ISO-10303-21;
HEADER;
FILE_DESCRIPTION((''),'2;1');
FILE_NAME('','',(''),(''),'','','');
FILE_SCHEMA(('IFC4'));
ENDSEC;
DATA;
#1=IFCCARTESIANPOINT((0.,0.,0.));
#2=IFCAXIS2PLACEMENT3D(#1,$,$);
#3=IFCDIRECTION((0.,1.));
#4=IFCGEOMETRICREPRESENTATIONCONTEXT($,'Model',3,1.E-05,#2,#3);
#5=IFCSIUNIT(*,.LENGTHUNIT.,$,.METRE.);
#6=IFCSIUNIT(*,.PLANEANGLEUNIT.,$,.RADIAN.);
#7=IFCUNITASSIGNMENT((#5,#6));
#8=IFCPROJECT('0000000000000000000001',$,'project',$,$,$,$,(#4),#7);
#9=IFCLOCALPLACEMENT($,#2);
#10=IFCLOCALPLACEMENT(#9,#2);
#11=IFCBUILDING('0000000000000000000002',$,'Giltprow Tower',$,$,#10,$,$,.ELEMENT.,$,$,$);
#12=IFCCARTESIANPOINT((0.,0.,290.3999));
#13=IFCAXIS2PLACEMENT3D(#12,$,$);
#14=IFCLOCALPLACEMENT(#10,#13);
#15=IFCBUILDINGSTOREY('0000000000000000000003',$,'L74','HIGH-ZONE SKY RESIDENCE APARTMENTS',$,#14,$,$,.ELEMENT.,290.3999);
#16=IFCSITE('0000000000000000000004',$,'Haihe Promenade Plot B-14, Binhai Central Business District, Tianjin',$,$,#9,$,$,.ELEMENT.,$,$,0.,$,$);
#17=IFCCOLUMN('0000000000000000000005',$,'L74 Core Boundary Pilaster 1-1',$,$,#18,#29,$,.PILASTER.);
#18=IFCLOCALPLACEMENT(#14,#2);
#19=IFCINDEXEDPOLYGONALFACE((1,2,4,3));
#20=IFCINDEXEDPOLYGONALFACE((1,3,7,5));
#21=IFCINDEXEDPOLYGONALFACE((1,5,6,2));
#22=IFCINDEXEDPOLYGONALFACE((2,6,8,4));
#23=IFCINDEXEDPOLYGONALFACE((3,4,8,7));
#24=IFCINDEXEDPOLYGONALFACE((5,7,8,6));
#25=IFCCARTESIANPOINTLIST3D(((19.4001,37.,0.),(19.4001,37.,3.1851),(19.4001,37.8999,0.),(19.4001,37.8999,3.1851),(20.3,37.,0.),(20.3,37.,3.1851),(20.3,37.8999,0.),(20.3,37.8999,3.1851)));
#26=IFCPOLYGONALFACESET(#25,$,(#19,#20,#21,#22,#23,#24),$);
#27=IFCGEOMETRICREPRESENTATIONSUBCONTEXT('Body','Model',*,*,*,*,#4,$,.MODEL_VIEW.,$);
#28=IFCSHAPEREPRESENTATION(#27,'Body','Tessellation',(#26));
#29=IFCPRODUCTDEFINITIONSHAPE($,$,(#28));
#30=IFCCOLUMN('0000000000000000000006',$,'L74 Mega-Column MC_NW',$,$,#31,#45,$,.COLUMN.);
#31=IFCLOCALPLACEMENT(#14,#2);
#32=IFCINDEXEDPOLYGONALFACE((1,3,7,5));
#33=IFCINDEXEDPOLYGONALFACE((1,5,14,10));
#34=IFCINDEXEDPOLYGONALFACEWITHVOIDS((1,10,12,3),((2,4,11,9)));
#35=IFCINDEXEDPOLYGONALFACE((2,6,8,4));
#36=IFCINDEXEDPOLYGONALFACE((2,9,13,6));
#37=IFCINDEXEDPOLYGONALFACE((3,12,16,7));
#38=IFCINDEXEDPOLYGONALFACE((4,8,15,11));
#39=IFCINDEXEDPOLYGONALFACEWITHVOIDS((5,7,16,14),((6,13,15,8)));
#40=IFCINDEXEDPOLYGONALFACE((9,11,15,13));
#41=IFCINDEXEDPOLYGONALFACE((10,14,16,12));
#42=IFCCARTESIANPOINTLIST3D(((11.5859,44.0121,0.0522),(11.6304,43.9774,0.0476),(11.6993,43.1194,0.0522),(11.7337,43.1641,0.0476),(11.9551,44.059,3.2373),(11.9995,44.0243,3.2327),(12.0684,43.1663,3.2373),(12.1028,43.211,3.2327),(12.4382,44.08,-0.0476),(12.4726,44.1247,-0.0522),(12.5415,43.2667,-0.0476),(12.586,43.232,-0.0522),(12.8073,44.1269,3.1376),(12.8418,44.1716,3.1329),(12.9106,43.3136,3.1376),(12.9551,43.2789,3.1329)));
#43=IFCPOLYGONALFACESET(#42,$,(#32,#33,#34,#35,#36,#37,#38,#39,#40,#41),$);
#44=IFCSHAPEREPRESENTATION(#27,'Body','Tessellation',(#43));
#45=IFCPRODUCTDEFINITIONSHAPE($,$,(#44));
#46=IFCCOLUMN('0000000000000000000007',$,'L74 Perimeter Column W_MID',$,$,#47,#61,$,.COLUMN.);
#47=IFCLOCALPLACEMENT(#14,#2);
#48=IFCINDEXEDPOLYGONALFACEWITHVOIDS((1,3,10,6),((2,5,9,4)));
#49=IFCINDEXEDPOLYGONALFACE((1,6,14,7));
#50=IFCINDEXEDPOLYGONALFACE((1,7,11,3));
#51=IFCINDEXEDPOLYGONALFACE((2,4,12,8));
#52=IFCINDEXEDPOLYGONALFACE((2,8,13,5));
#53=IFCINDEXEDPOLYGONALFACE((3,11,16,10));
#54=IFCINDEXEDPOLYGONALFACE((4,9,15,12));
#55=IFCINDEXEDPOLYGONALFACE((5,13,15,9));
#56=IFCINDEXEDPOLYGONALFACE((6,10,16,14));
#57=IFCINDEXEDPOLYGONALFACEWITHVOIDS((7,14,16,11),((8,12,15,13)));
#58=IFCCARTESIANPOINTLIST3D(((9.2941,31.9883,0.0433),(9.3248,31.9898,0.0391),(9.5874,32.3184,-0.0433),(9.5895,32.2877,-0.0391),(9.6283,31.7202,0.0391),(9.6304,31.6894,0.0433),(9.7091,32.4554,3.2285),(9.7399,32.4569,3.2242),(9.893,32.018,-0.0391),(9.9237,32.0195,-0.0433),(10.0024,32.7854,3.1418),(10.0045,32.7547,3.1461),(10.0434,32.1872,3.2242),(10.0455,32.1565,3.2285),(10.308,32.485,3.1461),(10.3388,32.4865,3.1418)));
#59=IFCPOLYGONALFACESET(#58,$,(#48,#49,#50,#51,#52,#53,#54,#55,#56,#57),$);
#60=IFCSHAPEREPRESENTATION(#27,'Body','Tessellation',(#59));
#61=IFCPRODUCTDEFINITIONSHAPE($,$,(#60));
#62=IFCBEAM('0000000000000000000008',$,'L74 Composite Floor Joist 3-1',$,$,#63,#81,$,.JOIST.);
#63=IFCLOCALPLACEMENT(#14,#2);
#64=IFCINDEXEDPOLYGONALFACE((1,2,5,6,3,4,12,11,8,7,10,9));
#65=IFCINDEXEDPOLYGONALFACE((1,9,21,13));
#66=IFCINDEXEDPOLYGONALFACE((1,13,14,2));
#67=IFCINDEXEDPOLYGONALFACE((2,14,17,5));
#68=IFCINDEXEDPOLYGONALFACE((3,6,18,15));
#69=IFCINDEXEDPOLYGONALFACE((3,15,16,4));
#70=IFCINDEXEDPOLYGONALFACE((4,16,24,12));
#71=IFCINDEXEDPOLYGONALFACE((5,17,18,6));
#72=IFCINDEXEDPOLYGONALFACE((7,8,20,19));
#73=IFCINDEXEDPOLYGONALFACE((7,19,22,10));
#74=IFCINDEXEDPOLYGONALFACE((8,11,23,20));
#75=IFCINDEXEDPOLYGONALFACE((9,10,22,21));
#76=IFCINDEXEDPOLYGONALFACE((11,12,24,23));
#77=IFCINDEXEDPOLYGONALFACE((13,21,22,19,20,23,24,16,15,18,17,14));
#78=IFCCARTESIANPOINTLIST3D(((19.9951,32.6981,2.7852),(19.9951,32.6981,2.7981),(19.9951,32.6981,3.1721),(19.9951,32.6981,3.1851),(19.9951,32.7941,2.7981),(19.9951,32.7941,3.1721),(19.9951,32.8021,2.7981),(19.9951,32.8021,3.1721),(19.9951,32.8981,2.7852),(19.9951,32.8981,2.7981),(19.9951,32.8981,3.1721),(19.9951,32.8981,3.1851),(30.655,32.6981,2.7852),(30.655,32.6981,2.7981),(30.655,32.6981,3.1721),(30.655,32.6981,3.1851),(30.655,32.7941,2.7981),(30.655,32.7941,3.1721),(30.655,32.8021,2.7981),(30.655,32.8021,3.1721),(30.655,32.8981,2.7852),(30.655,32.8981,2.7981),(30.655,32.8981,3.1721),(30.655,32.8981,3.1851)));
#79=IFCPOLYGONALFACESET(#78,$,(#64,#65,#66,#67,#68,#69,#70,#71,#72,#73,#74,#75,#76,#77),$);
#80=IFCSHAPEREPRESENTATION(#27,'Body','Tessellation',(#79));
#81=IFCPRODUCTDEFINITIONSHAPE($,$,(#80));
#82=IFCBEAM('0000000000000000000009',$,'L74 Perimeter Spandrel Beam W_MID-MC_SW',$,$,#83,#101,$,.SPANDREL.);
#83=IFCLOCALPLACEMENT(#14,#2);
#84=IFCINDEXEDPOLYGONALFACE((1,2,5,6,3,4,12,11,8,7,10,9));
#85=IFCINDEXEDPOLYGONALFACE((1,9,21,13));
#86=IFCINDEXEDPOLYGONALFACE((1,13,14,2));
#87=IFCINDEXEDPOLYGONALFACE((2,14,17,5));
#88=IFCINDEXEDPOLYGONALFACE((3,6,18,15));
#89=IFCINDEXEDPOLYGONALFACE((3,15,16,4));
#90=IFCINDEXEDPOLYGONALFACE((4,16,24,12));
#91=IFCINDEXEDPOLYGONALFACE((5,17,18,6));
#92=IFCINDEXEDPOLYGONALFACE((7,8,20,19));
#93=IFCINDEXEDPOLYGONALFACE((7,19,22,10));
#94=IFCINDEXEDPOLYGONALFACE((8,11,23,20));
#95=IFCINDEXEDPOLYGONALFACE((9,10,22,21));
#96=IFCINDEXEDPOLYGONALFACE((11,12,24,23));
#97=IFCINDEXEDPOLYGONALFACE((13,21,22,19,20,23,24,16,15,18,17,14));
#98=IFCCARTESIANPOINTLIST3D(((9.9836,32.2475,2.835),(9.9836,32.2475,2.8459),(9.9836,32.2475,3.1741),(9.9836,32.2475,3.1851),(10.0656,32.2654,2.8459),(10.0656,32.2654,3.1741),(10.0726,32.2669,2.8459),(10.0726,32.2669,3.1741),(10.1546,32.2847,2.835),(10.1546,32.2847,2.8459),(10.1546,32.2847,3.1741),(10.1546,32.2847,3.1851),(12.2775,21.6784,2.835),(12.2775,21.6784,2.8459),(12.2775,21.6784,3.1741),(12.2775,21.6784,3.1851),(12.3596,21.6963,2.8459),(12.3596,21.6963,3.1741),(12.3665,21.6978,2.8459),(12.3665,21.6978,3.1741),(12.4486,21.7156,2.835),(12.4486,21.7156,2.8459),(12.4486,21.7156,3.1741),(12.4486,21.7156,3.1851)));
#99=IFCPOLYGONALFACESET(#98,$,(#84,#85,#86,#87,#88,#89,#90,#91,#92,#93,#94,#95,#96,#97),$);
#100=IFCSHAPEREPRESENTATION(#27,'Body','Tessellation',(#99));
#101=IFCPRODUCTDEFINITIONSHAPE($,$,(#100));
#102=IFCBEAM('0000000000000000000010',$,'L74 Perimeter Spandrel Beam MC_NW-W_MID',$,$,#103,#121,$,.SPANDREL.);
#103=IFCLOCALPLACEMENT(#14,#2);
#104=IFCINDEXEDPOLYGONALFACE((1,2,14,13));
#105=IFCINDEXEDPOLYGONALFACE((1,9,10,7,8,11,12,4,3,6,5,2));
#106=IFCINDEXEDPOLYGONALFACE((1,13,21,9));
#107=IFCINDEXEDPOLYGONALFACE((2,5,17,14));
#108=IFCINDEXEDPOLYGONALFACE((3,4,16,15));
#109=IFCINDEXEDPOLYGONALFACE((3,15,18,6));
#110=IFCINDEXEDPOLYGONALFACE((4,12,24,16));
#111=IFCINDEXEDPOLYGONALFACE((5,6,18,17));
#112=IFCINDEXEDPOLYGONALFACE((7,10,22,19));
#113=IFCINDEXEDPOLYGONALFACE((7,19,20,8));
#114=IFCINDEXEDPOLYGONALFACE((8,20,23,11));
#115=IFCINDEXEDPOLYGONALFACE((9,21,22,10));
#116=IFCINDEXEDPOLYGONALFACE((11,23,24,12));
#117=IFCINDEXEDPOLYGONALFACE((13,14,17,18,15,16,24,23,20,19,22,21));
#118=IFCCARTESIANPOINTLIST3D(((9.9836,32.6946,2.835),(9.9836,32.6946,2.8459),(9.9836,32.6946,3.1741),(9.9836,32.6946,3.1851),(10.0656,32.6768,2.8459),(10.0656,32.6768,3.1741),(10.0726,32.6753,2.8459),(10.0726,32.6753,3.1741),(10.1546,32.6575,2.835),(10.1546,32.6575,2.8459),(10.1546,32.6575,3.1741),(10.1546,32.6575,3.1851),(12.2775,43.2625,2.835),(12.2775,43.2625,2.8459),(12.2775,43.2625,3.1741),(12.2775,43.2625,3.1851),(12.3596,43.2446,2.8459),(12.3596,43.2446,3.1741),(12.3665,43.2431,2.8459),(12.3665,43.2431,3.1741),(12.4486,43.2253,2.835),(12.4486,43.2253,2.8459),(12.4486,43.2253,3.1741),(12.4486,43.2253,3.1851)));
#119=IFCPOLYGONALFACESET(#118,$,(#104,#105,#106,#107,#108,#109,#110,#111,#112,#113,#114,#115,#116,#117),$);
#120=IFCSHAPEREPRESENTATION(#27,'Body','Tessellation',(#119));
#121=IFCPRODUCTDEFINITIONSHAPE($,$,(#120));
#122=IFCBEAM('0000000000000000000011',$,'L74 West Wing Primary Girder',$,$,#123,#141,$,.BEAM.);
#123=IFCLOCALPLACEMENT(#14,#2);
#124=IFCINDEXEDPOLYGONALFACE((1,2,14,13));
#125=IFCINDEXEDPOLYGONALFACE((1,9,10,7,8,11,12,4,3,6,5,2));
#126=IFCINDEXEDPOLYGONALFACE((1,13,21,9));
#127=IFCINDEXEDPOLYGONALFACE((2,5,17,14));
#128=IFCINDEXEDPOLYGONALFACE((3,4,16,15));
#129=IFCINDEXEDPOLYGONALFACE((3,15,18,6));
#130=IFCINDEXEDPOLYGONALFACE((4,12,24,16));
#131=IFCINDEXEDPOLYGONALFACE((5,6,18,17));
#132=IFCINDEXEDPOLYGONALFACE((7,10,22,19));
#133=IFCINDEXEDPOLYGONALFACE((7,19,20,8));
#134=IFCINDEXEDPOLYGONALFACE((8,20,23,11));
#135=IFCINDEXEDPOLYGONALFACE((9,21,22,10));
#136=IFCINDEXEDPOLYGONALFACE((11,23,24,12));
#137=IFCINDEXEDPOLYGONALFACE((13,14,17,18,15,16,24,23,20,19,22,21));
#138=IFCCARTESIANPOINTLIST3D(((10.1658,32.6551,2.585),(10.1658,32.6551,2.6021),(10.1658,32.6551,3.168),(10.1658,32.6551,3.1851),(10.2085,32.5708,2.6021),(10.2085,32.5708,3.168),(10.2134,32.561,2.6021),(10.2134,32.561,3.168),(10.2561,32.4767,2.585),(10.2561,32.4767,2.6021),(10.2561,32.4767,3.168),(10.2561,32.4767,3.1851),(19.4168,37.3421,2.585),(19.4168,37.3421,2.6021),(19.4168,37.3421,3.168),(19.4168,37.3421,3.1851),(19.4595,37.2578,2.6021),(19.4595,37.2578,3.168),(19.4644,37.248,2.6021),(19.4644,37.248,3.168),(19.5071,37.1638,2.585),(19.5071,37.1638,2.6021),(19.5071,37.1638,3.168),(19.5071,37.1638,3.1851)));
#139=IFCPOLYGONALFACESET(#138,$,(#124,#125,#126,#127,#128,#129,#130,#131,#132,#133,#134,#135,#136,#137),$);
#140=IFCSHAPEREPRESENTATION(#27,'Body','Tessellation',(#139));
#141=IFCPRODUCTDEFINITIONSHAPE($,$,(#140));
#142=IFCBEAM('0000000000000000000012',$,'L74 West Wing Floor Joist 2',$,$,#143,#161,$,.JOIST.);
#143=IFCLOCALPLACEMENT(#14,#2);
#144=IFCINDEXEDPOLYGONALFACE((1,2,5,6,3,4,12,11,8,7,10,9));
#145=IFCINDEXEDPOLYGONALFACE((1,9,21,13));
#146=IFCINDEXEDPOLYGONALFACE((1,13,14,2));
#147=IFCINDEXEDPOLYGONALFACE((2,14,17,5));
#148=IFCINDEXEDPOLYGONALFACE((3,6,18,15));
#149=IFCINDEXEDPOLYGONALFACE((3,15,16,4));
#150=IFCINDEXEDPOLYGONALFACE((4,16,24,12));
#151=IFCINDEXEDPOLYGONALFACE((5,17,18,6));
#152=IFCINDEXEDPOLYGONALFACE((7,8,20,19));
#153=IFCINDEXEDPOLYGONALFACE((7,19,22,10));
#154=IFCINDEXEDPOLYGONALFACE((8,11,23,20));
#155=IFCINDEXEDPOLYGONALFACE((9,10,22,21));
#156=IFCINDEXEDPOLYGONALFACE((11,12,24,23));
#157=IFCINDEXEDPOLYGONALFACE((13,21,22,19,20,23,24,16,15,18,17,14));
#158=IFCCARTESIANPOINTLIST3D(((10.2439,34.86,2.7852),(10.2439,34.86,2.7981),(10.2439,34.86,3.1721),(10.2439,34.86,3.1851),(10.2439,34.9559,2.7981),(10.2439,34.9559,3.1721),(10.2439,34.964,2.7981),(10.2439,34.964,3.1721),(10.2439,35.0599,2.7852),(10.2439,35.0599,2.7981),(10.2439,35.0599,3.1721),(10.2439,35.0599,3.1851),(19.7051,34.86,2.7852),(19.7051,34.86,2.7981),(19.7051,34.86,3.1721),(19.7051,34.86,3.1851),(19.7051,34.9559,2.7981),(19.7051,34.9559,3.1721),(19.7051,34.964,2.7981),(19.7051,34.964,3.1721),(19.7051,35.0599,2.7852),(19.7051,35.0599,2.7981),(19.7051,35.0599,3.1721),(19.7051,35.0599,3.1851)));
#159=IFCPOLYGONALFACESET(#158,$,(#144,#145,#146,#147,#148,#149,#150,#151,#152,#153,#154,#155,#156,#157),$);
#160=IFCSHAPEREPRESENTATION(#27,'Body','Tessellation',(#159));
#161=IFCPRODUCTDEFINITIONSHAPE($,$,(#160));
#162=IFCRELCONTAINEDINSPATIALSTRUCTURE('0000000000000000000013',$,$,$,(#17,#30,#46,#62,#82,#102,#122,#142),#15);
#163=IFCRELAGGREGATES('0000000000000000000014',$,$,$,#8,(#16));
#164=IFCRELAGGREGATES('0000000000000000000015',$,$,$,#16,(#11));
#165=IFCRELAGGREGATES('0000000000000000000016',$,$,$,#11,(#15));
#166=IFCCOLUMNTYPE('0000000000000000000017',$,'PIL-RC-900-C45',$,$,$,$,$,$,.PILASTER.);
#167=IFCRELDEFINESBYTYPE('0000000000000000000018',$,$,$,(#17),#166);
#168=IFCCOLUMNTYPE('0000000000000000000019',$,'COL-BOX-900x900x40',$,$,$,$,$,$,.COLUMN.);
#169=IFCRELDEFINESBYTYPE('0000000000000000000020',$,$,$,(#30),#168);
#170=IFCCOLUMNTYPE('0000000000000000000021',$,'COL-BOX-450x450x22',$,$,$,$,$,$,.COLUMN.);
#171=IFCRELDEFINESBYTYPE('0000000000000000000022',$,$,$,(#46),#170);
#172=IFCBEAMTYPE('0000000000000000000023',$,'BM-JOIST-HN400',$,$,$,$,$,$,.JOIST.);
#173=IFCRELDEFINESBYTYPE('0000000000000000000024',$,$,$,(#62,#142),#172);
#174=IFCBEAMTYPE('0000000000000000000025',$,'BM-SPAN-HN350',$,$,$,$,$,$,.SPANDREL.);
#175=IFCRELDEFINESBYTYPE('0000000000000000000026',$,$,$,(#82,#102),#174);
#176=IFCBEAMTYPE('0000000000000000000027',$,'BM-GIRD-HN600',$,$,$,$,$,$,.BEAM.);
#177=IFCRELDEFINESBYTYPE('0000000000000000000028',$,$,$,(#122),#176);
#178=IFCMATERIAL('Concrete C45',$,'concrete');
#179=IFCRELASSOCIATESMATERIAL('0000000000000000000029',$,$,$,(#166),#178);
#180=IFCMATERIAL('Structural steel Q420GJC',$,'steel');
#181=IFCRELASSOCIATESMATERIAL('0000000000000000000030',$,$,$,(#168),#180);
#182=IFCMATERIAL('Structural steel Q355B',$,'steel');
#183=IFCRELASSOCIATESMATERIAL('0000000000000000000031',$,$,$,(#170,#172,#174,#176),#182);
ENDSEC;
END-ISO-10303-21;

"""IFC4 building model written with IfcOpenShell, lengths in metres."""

from ifc_helpers import new_model, si_unit, direction, frame, origin, origin_2d, place, context, subcontext, project, spatial, rectangle, hollow_rectangle, i_section, extrude, source, transform, mapped, material, material_profile, profile_set, type_object, element, save


model = new_model("IFC4")

# Units and contexts
model_context = context("Model", 3, precision=1e-05, world=origin(), true_north=direction((0.0, 1.0)))
body_context = subcontext(model_context, "Body", "Model", "MODEL_VIEW")
ifc_project = project(units=[si_unit("LENGTHUNIT", "METRE"), si_unit("PLANEANGLEUNIT", "RADIAN")], contexts=[model_context])

# Site, building, storey
site_placement = place(None, origin())
site = spatial("IfcSite", under=ifc_project, at=site_placement, Name="Haihe Promenade Plot B-14, Binhai Central Business District, Tianjin", CompositionType="ELEMENT", RefElevation=0.0)
building_placement = place(site_placement, origin())
building = spatial("IfcBuilding", under=site, at=building_placement, Name="Giltprow Tower", CompositionType="ELEMENT")
storey_placement = place(building_placement, frame((0.0, 0.0, 290.3999)))
storey = spatial("IfcBuildingStorey", under=building, at=storey_placement, Name="L74", Description="HIGH-ZONE SKY RESIDENCE APARTMENTS", CompositionType="ELEMENT", Elevation=290.3999)

# Columns
ifc_material_1 = material(Name="Concrete C45", Category="concrete")
ifc_material_profile_1 = material_profile(ifc_material_1, rectangle(XDim=0.8999, YDim=0.8999, at=origin_2d()), Name="RC 900x900")
ifc_profile_set_1 = profile_set([ifc_material_profile_1], Name="Concrete C45")
column_type_1 = type_object("IfcColumnType", Name="PIL-RC-900-C45", PredefinedType="PILASTER", material=ifc_profile_set_1)
shared_shape_1 = source(origin(), body_context, "Body", "SweptSolid", [
    extrude(rectangle(XDim=0.8999, YDim=0.8999, at=origin_2d()), origin(), (0.0, 0.0, 1.0), 3.1851),
])
column_1_placement = place(storey_placement, frame((19.8501, 37.45, 0.0), z_axis=(0.0, 0.0, 1.0), x_axis=(1.0, 0.0, 0.0)))
element("IfcColumn", 1, at=column_1_placement, inside=storey, type_object=column_type_1, Name="L74 Core Boundary Pilaster 1-1", PredefinedType="PILASTER", context=body_context, shape_type="MappedRepresentation", body=[
    mapped(shared_shape_1, transform((0.0, 0.0, 0.0), x_axis=(1.0, 0.0, 0.0), y_axis=(0.0, 1.0, 0.0), z_axis=(0.0, 0.0, 1.0), scale=1.0)),
])
ifc_material_2 = material(Name="Structural steel Q420GJC", Category="steel")
ifc_material_profile_2 = material_profile(ifc_material_2, hollow_rectangle(XDim=0.8999, YDim=0.8999, WallThickness=0.04, at=origin_2d()), Name="BOX 900x900x40")
ifc_profile_set_2 = profile_set([ifc_material_profile_2], Name="Structural steel Q420GJC")
column_type_2 = type_object("IfcColumnType", Name="COL-BOX-900x900x40", PredefinedType="COLUMN", material=ifc_profile_set_2)
shared_shape_2 = source(origin(), body_context, "Body", "SweptSolid", [
    extrude(hollow_rectangle(XDim=0.8999, YDim=0.8999, WallThickness=0.04, at=origin_2d()), origin(), (0.0, 0.0, 1.0), 3.2068),
])
column_2_placement = place(storey_placement, frame((12.0859, 43.6221, 0.0), z_axis=(0.115115, 0.014618, 0.993245), x_axis=(-0.125973, 0.992034, 0.0)))
element("IfcColumn", 2, at=column_2_placement, inside=storey, type_object=column_type_2, Name="L74 Mega-Column MC_NW", PredefinedType="COLUMN", context=body_context, shape_type="MappedRepresentation", body=[
    mapped(shared_shape_2, transform((0.0, 0.0, 0.0), x_axis=(1.0, 0.0, 0.0), y_axis=(0.0, 1.0, 0.0), z_axis=(0.0, 0.0, 1.0), scale=1.0)),
])
ifc_material_3 = material(Name="Structural steel Q355B", Category="steel")
ifc_material_profile_3 = material_profile(ifc_material_3, hollow_rectangle(XDim=0.45, YDim=0.45, WallThickness=0.022, at=origin_2d()), Name="BOX 450x450x22")
ifc_profile_set_3 = profile_set([ifc_material_profile_3], Name="Structural steel Q355B")
column_type_3 = type_object("IfcColumnType", Name="COL-BOX-450x450x22", PredefinedType="COLUMN", material=ifc_profile_set_3)
shared_shape_3 = source(origin(), body_context, "Body", "SweptSolid", [
    extrude(hollow_rectangle(XDim=0.45, YDim=0.45, WallThickness=0.022, at=origin_2d()), origin(), (0.0, 0.0, 1.0), 3.2458),
])
column_3_placement = place(storey_placement, frame((9.6089, 32.0039, 0.0), z_axis=(0.127871, 0.143892, 0.981297), x_axis=(-0.747496, 0.664267, 0.0)))
element("IfcColumn", 3, at=column_3_placement, inside=storey, type_object=column_type_3, Name="L74 Perimeter Column W_MID", PredefinedType="COLUMN", context=body_context, shape_type="MappedRepresentation", body=[
    mapped(shared_shape_3, transform((0.0, 0.0, 0.0), x_axis=(1.0, 0.0, 0.0), y_axis=(0.0, 1.0, 0.0), z_axis=(0.0, 0.0, 1.0), scale=1.0)),
])

# Beams
ifc_material_profile_4 = material_profile(ifc_material_3, i_section(OverallWidth=0.2, OverallDepth=0.3999, WebThickness=0.0081, FlangeThickness=0.0129, at=origin_2d()), Name="HN 400x200x8x13")
ifc_profile_set_4 = profile_set([ifc_material_profile_4], Name="Structural steel Q355B")
beam_type_1 = type_object("IfcBeamType", Name="BM-JOIST-HN400", PredefinedType="JOIST", material=ifc_profile_set_4)
shared_shape_4 = source(origin(), body_context, "Body", "SweptSolid", [
    extrude(i_section(OverallWidth=0.2, OverallDepth=0.3999, WebThickness=0.0081, FlangeThickness=0.0129, at=origin_2d()), origin(), (0.0, 0.0, 1.0), 10.6599),
])
beam_1_placement = place(storey_placement, frame((19.9951, 32.7981, 2.9851), z_axis=(1.0, 0.0, 0.0), x_axis=(0.0, 1.0, 0.0)))
element("IfcBeam", 4, at=beam_1_placement, inside=storey, type_object=beam_type_1, Name="L74 Composite Floor Joist 3-1", PredefinedType="JOIST", context=body_context, shape_type="MappedRepresentation", body=[
    mapped(shared_shape_4, transform((0.0, 0.0, 0.0), x_axis=(1.0, 0.0, 0.0), y_axis=(0.0, 1.0, 0.0), z_axis=(0.0, 0.0, 1.0), scale=1.0)),
])
ifc_material_profile_5 = material_profile(ifc_material_3, i_section(OverallWidth=0.175, OverallDepth=0.3501, WebThickness=0.0071, FlangeThickness=0.011, at=origin_2d()), Name="HN 350x175x7x11")
ifc_profile_set_5 = profile_set([ifc_material_profile_5], Name="Structural steel Q355B")
beam_type_2 = type_object("IfcBeamType", Name="BM-SPAN-HN350", PredefinedType="SPANDREL", material=ifc_profile_set_5)
shared_shape_5 = source(origin(), body_context, "Body", "SweptSolid", [
    extrude(i_section(OverallWidth=0.175, OverallDepth=0.3501, WebThickness=0.0071, FlangeThickness=0.011, at=origin_2d()), origin(), (0.0, 0.0, 1.0), 10.8152),
])
beam_2_placement = place(storey_placement, frame((10.0691, 32.2661, 3.01), z_axis=(0.212104, -0.977247, 0.0), x_axis=(0.977247, 0.212104, 0.0)))
element("IfcBeam", 5, at=beam_2_placement, inside=storey, type_object=beam_type_2, Name="L74 Perimeter Spandrel Beam W_MID-MC_SW", PredefinedType="SPANDREL", context=body_context, shape_type="MappedRepresentation", body=[
    mapped(shared_shape_5, transform((0.0, 0.0, 0.0), x_axis=(1.0, 0.0, 0.0), y_axis=(0.0, 1.0, 0.0), z_axis=(0.0, 0.0, 1.0), scale=1.0)),
])
shared_shape_6 = source(origin(), body_context, "Body", "SweptSolid", [
    extrude(i_section(OverallWidth=0.175, OverallDepth=0.3501, WebThickness=0.0071, FlangeThickness=0.011, at=origin_2d()), origin(), (0.0, 0.0, 1.0), 10.814),
])
beam_3_placement = place(storey_placement, frame((12.363, 43.2439, 3.01), z_axis=(-0.212128, -0.977242, 0.0), x_axis=(0.977242, -0.212128, 0.0)))
element("IfcBeam", 6, at=beam_3_placement, inside=storey, type_object=beam_type_2, Name="L74 Perimeter Spandrel Beam MC_NW-W_MID", PredefinedType="SPANDREL", context=body_context, shape_type="MappedRepresentation", body=[
    mapped(shared_shape_6, transform((0.0, 0.0, 0.0), x_axis=(1.0, 0.0, 0.0), y_axis=(0.0, 1.0, 0.0), z_axis=(0.0, 0.0, 1.0), scale=1.0)),
])
ifc_material_profile_6 = material_profile(ifc_material_3, i_section(OverallWidth=0.2, OverallDepth=0.6001, WebThickness=0.011, FlangeThickness=0.0171, at=origin_2d()), Name="HN 600x200x11x17")
ifc_profile_set_6 = profile_set([ifc_material_profile_6], Name="Structural steel Q355B")
beam_type_3 = type_object("IfcBeamType", Name="BM-GIRD-HN600", PredefinedType="BEAM", material=ifc_profile_set_6)
shared_shape_7 = source(origin(), body_context, "Body", "SweptSolid", [
    extrude(i_section(OverallWidth=0.2, OverallDepth=0.6001, WebThickness=0.011, FlangeThickness=0.0171, at=origin_2d()), origin(), (0.0, 0.0, 1.0), 10.3706),
])
beam_4_placement = place(storey_placement, frame((10.2109, 32.5659, 2.885), z_axis=(0.892042, 0.451953, 0.0), x_axis=(-0.451953, 0.892042, 0.0)))
element("IfcBeam", 7, at=beam_4_placement, inside=storey, type_object=beam_type_3, Name="L74 West Wing Primary Girder", PredefinedType="BEAM", context=body_context, shape_type="MappedRepresentation", body=[
    mapped(shared_shape_7, transform((0.0, 0.0, 0.0), x_axis=(1.0, 0.0, 0.0), y_axis=(0.0, 1.0, 0.0), z_axis=(0.0, 0.0, 1.0), scale=1.0)),
])
shared_shape_8 = source(origin(), body_context, "Body", "SweptSolid", [
    extrude(i_section(OverallWidth=0.2, OverallDepth=0.3999, WebThickness=0.0081, FlangeThickness=0.0129, at=origin_2d()), origin(), (0.0, 0.0, 1.0), 9.4612),
])
beam_5_placement = place(storey_placement, frame((10.2439, 34.96, 2.9851), z_axis=(1.0, 0.0, 0.0), x_axis=(0.0, 1.0, 0.0)))
element("IfcBeam", 8, at=beam_5_placement, inside=storey, type_object=beam_type_1, Name="L74 West Wing Floor Joist 2", PredefinedType="JOIST", context=body_context, shape_type="MappedRepresentation", body=[
    mapped(shared_shape_8, transform((0.0, 0.0, 0.0), x_axis=(1.0, 0.0, 0.0), y_axis=(0.0, 1.0, 0.0), z_axis=(0.0, 0.0, 1.0), scale=1.0)),
])

save(model, "model.ifc")
